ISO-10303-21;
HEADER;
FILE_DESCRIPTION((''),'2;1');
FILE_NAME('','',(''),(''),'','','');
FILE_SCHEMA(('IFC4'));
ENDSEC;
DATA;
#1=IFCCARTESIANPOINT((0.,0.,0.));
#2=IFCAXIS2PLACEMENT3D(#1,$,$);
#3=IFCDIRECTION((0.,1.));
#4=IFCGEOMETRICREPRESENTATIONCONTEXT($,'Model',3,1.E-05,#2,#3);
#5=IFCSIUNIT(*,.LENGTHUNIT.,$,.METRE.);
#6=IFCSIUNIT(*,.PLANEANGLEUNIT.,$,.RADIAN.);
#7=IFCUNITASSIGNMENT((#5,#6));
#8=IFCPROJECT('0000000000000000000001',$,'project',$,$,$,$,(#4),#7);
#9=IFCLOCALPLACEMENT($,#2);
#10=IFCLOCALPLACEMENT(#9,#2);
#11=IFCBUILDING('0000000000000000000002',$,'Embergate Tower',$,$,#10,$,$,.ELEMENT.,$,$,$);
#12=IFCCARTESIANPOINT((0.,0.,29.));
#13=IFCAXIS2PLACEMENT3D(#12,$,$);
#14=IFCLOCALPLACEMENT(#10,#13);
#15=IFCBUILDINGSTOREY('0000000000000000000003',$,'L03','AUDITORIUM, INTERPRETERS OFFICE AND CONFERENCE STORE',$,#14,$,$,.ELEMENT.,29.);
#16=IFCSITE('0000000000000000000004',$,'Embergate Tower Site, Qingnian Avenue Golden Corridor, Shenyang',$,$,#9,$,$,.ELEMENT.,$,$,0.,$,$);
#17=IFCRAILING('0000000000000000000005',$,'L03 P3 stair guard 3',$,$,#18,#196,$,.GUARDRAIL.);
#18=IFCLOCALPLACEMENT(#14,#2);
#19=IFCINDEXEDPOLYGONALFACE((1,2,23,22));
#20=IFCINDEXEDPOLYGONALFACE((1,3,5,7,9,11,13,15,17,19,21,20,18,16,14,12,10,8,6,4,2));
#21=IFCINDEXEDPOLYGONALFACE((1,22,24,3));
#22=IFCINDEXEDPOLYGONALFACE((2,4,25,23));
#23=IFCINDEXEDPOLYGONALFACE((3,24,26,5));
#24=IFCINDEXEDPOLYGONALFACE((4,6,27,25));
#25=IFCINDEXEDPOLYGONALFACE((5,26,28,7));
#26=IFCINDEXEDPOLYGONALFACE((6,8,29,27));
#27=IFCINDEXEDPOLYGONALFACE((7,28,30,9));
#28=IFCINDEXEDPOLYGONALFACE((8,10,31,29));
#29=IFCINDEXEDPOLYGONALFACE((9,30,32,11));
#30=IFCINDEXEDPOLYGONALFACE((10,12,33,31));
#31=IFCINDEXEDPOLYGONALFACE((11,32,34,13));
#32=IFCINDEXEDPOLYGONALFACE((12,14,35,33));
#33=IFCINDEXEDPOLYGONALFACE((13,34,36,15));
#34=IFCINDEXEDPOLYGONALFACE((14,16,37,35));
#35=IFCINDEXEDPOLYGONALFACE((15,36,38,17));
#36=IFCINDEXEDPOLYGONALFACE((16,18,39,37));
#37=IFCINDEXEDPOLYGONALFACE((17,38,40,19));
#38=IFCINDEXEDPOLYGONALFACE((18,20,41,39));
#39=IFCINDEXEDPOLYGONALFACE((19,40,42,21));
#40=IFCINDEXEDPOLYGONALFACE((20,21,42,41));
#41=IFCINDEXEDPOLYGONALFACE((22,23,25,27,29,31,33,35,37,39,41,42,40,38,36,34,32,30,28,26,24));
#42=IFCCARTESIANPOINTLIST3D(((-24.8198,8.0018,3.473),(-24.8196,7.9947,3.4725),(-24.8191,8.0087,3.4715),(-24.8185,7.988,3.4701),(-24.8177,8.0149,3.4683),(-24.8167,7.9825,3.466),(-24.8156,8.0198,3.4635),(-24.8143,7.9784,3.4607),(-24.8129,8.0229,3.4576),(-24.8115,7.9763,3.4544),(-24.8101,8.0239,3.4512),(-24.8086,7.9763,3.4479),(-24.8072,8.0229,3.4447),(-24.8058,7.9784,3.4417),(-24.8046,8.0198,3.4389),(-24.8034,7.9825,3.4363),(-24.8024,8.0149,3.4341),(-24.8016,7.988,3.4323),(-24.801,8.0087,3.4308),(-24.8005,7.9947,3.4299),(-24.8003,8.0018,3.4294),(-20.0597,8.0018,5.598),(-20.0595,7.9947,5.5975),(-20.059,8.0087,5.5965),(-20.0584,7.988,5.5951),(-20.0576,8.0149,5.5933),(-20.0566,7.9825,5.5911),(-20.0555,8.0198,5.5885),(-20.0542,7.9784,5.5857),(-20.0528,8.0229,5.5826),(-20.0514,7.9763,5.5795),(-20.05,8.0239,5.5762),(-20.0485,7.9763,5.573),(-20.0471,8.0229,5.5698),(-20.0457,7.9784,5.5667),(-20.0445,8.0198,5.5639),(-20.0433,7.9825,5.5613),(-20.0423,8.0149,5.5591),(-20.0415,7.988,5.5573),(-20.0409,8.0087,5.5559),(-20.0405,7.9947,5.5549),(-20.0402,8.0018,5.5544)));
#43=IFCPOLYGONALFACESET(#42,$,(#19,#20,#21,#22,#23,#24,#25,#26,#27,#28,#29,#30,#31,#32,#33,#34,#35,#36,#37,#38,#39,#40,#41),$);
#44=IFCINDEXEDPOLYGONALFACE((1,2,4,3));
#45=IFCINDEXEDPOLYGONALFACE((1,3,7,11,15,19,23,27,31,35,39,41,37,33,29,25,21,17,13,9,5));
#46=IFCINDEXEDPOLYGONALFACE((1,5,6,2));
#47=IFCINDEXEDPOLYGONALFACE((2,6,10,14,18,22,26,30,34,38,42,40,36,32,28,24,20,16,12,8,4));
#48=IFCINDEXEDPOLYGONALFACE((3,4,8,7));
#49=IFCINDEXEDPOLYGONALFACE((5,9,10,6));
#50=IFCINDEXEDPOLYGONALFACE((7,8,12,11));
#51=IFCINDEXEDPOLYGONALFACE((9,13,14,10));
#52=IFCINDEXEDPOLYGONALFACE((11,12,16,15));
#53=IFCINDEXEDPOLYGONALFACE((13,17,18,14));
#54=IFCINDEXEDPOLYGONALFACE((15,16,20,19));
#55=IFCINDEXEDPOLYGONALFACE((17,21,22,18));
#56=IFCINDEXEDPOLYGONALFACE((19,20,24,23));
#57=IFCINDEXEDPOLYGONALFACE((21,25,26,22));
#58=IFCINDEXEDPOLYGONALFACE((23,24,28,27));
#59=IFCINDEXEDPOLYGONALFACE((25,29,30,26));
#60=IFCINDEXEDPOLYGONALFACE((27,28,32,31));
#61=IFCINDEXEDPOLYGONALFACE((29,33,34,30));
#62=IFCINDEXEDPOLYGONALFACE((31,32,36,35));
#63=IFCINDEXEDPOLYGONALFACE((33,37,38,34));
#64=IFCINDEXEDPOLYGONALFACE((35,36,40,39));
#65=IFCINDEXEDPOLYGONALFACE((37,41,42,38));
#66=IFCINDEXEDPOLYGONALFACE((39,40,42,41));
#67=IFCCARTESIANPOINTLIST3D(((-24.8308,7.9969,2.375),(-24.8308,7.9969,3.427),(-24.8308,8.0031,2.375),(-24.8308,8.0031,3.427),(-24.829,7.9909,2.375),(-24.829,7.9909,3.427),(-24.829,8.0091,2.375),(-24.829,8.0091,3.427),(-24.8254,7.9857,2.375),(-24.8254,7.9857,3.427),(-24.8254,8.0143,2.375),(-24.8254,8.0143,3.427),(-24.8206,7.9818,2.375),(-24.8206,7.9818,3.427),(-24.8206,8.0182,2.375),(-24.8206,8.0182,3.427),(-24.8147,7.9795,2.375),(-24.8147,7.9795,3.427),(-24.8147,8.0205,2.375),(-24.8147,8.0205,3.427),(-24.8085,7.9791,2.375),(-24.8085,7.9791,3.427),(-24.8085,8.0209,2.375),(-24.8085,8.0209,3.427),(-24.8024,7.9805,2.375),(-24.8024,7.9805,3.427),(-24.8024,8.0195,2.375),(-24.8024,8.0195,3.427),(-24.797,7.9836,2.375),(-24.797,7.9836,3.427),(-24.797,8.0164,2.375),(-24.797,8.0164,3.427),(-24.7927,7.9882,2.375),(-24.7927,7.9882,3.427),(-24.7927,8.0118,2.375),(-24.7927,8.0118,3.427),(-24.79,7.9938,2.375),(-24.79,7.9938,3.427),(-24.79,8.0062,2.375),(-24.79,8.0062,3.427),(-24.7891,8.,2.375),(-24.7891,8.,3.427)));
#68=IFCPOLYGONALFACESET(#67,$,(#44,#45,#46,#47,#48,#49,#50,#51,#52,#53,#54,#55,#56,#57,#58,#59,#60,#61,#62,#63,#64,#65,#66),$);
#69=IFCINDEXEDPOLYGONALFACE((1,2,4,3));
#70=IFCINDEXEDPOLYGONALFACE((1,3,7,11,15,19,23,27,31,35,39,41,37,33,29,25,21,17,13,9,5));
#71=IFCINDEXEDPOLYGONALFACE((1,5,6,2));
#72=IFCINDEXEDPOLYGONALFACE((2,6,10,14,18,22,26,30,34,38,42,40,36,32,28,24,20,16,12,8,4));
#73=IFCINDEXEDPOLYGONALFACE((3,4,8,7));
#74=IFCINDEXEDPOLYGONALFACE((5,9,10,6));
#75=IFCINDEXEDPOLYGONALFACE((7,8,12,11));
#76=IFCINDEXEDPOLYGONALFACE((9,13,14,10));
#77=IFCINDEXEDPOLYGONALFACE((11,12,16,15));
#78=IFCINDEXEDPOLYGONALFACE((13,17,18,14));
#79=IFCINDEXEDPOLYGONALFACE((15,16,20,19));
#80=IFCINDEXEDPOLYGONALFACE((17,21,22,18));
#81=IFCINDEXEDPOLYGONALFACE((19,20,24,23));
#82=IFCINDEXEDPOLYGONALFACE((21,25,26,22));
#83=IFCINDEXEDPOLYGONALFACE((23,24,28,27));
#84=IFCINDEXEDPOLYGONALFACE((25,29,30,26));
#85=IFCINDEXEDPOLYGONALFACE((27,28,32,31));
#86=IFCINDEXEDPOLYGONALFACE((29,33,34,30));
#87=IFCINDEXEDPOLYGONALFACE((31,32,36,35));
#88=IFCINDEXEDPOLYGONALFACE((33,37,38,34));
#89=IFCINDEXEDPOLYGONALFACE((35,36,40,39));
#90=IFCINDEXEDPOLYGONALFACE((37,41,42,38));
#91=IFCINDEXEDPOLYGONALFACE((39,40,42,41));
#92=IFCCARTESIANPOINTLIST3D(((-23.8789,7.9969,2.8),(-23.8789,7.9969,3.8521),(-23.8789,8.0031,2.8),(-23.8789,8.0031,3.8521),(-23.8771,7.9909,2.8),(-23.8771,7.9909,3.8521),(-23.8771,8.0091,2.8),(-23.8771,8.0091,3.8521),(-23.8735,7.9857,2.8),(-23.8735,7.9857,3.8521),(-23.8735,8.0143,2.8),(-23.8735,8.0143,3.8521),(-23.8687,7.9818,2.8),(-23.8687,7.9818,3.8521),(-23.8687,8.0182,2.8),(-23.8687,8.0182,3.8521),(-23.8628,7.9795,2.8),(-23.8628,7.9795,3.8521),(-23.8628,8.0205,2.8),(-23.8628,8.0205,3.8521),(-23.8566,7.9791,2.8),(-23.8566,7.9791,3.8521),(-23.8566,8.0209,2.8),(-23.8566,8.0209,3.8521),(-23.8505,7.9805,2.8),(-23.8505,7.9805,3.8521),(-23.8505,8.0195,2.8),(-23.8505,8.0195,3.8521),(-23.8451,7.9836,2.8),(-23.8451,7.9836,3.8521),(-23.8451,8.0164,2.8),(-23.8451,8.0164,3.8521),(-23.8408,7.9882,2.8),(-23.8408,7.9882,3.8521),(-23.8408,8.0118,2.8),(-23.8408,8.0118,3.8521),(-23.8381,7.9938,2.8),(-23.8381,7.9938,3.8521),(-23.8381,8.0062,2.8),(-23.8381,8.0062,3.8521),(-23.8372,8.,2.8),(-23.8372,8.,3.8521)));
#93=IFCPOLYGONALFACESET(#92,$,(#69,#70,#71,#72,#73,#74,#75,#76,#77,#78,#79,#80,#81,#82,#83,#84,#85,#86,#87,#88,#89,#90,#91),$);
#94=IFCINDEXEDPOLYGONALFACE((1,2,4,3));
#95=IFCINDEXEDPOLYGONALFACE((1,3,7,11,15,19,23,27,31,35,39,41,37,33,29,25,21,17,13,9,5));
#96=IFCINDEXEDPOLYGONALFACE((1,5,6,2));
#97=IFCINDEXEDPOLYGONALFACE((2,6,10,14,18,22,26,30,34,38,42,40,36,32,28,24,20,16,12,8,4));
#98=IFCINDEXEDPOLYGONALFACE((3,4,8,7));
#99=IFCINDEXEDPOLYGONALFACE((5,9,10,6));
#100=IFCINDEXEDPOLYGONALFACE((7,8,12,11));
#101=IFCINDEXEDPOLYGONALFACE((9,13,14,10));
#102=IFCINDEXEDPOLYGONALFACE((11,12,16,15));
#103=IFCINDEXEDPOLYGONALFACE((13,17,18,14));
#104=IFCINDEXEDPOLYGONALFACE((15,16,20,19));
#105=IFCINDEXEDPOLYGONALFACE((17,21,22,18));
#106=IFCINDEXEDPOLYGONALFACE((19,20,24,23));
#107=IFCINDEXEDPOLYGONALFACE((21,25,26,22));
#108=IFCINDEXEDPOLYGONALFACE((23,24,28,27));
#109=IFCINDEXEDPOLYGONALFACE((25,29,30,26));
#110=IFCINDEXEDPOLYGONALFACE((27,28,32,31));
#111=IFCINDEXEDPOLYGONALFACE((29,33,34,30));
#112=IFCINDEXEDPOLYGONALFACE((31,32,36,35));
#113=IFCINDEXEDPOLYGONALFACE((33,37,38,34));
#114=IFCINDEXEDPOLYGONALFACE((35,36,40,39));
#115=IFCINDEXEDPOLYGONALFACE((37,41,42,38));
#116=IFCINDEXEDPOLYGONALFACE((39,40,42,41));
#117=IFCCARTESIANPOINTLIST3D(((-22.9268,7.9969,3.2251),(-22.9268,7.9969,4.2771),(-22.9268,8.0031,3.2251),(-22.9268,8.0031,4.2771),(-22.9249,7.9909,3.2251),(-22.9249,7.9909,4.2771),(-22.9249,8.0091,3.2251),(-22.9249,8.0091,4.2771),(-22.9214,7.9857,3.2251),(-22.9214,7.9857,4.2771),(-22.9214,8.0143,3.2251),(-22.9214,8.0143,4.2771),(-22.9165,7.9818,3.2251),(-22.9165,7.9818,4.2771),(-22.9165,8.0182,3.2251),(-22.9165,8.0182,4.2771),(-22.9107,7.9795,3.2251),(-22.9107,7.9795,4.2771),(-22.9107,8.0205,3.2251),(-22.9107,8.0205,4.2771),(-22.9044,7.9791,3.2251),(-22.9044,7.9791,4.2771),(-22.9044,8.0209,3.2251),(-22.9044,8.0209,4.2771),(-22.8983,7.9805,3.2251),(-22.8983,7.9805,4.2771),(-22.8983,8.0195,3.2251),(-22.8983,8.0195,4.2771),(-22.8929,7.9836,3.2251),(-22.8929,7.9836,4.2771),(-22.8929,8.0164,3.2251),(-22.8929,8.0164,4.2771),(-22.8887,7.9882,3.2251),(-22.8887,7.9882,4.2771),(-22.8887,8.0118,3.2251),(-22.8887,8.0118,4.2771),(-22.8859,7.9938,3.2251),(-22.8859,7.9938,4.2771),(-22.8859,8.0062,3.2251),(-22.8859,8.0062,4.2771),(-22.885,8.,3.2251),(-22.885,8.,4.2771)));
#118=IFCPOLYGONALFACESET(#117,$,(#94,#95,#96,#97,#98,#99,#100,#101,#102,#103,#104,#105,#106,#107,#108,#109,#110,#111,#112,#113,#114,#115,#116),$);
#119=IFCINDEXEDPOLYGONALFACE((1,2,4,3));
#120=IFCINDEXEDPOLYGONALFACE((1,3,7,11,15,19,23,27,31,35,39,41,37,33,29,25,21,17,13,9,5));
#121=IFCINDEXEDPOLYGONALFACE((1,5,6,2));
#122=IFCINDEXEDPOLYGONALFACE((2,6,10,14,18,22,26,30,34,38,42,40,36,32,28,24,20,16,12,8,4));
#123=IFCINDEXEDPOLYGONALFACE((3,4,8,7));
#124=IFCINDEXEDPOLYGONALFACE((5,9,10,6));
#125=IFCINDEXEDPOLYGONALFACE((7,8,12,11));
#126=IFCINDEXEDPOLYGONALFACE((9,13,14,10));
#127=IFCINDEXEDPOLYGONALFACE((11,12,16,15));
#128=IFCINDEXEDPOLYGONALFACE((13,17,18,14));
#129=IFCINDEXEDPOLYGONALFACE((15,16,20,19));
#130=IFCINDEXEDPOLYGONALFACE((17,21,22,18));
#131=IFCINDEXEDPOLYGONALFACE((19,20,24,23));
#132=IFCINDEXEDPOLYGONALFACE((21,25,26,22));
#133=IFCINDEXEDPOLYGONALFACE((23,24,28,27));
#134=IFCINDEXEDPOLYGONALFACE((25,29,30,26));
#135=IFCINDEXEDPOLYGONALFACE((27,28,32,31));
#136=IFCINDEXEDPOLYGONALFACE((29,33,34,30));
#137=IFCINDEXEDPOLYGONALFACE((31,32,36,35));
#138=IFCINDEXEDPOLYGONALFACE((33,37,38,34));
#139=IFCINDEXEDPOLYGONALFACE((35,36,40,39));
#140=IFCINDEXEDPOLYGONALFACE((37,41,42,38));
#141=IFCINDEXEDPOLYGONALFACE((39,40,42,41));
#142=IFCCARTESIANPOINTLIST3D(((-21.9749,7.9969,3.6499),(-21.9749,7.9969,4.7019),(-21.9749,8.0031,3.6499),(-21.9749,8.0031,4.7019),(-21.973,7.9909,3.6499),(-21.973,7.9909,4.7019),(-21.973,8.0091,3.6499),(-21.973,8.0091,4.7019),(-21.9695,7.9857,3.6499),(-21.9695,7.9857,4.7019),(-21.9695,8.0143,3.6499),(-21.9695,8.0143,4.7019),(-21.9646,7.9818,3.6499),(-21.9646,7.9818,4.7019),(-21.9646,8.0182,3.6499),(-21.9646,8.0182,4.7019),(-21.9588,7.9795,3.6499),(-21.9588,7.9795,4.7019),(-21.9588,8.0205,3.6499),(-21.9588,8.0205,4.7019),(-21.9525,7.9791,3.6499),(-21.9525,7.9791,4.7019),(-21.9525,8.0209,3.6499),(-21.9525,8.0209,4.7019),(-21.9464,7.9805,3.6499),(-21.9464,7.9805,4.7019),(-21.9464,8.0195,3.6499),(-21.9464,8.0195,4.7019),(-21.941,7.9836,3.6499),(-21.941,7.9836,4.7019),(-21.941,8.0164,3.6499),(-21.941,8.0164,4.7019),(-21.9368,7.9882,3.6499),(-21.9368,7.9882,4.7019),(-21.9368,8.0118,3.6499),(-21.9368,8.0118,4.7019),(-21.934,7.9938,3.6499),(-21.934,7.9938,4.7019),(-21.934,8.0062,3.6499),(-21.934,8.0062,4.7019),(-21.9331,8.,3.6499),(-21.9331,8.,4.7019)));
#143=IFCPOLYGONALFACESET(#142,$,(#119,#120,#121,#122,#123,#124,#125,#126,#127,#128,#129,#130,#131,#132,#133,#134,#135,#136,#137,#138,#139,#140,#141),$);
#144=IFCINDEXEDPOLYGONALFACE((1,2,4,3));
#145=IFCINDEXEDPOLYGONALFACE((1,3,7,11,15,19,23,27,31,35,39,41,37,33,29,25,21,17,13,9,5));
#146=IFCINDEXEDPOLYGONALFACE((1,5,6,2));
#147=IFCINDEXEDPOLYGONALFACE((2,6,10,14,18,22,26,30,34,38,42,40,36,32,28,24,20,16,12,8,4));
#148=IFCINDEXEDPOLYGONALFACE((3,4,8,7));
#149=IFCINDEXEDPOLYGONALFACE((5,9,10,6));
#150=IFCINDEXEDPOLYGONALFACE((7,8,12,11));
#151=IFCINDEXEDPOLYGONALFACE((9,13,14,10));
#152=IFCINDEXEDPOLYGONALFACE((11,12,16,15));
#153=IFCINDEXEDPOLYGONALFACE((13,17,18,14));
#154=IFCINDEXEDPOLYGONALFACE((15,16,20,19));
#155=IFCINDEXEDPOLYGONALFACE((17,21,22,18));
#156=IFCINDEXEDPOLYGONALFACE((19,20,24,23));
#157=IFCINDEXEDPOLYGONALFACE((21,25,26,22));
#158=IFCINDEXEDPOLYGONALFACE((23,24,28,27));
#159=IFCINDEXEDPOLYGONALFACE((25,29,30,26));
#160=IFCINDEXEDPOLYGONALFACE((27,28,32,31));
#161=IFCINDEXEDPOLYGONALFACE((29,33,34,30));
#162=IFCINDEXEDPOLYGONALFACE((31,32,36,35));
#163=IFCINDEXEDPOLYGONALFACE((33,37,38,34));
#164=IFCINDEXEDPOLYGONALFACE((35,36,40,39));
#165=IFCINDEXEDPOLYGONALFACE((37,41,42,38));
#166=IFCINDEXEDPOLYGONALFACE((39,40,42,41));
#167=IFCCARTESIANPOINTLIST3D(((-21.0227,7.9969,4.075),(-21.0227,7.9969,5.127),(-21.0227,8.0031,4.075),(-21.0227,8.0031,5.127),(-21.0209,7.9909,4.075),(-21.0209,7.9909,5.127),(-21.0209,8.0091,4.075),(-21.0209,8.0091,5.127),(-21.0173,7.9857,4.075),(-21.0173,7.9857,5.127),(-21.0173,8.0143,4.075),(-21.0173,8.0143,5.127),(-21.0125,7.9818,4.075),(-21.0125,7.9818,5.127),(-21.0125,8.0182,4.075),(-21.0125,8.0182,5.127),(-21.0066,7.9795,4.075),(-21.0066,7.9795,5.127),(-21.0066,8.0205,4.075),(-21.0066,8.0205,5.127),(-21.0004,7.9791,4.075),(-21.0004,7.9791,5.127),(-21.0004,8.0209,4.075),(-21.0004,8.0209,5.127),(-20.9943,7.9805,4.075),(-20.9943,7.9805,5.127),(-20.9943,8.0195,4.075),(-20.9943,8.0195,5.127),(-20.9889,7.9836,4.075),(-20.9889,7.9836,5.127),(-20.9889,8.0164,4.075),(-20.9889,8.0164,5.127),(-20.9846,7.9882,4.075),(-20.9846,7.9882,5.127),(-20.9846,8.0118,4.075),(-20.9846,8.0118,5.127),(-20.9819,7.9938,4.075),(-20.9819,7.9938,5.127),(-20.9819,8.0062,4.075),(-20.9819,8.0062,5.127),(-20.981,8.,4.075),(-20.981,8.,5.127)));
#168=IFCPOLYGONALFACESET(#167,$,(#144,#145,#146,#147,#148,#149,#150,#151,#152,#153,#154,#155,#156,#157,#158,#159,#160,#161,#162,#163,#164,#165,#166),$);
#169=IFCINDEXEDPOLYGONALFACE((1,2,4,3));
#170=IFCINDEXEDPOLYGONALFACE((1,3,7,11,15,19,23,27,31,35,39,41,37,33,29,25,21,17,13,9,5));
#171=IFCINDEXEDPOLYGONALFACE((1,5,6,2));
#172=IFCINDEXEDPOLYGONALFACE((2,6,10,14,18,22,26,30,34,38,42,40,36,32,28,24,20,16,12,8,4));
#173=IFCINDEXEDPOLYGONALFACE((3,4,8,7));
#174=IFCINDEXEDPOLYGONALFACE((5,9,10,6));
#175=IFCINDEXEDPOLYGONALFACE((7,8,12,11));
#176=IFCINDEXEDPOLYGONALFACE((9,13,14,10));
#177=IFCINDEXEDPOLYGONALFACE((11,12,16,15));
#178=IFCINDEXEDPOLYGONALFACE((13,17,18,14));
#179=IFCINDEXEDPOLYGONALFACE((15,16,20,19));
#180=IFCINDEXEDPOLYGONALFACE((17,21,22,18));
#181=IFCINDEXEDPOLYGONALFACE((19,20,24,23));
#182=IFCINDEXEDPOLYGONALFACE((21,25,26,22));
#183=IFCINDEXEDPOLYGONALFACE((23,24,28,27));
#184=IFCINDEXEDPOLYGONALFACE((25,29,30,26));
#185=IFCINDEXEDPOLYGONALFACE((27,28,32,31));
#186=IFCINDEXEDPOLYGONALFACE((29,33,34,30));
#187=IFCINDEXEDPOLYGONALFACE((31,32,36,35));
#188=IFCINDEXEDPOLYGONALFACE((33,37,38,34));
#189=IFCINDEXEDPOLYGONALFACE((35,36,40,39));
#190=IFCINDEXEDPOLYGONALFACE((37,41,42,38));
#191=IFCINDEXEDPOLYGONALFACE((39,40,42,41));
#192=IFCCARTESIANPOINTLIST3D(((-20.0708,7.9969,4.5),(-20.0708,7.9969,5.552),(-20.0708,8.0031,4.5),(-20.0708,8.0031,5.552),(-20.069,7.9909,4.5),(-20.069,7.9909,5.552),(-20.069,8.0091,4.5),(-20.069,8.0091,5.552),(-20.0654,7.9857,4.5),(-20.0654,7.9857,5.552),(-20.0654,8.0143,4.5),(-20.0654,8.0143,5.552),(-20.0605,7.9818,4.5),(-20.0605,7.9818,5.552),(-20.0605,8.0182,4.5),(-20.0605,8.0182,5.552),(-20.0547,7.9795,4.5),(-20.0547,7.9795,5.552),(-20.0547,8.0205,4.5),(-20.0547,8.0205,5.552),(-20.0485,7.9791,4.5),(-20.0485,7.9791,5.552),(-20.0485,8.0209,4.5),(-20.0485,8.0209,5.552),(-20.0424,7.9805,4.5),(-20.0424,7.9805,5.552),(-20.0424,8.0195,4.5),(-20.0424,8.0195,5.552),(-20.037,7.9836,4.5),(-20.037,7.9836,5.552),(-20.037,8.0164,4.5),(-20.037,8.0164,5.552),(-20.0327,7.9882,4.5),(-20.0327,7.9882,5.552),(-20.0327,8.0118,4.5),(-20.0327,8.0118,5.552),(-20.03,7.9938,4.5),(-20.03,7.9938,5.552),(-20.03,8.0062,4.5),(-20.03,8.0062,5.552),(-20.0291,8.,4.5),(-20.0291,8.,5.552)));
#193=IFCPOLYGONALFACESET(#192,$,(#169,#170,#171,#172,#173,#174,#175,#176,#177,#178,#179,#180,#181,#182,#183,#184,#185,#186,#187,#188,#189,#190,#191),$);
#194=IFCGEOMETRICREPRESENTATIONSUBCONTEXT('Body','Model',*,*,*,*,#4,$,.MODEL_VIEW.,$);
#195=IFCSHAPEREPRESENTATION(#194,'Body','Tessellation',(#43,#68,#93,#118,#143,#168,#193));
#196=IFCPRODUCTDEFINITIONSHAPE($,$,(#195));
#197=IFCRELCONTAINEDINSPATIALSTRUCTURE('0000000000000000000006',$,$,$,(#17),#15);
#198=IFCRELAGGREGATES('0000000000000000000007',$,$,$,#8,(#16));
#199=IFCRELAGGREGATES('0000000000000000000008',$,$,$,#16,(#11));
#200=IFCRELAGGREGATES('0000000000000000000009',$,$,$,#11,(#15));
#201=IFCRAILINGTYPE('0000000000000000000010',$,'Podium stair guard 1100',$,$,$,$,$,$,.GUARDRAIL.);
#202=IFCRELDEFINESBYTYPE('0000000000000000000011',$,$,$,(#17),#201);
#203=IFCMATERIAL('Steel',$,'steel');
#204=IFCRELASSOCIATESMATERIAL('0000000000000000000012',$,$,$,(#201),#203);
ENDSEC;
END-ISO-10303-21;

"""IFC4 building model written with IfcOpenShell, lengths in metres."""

from ifc_helpers import new_model, si_unit, direction, frame, origin, origin_2d, place, context, subcontext, project, spatial, circle, extrude, source, transform, mapped, material, type_object, element, save


model = new_model("IFC4")

# Units and contexts
model_context = context("Model", 3, precision=1e-05, world=origin(), true_north=direction((0.0, 1.0)))
body_context = subcontext(model_context, "Body", "Model", "MODEL_VIEW")
ifc_project = project(units=[si_unit("LENGTHUNIT", "METRE"), si_unit("PLANEANGLEUNIT", "RADIAN")], contexts=[model_context])

# Site, building, storey
site_placement = place(None, origin())
site = spatial("IfcSite", under=ifc_project, at=site_placement, Name="Embergate Tower Site, Qingnian Avenue Golden Corridor, Shenyang", CompositionType="ELEMENT", RefElevation=0.0)
building_placement = place(site_placement, origin())
building = spatial("IfcBuilding", under=site, at=building_placement, Name="Embergate Tower", CompositionType="ELEMENT")
storey_placement = place(building_placement, frame((0.0, 0.0, 29.0)))
storey = spatial("IfcBuildingStorey", under=building, at=storey_placement, Name="L03", Description="AUDITORIUM, INTERPRETERS OFFICE AND CONFERENCE STORE", CompositionType="ELEMENT", Elevation=29.0)

# Railing
ifc_material_1 = material(Name="Steel", Category="steel")
railing_type_1 = type_object("IfcRailingType", Name="Podium stair guard 1100", PredefinedType="GUARDRAIL", material=ifc_material_1)
shared_shape_1 = source(origin(), body_context, "Body", "SweptSolid", [
    extrude(circle(Radius=0.0239, at=origin_2d()), frame((0.0, 0.0, 1.0762), z_axis=(0.913138, 0.0, 0.40765), x_axis=(0.0, 1.0, 0.0)), (0.0, 0.0, 1.0), 5.2129),
    extrude(circle(Radius=0.021, at=origin_2d()), origin(), (0.0, 0.0, 1.0), 1.052),
    extrude(circle(Radius=0.021, at=origin_2d()), frame((0.9519, 0.0, 0.425)), (0.0, 0.0, 1.0), 1.052),
    extrude(circle(Radius=0.021, at=origin_2d()), frame((1.9041, 0.0, 0.8501)), (0.0, 0.0, 1.0), 1.052),
    extrude(circle(Radius=0.021, at=origin_2d()), frame((2.856, 0.0, 1.2749)), (0.0, 0.0, 1.0), 1.052),
    extrude(circle(Radius=0.021, at=origin_2d()), frame((3.8081, 0.0, 1.7)), (0.0, 0.0, 1.0), 1.052),
    extrude(circle(Radius=0.021, at=origin_2d()), frame((4.76, 0.0, 2.125)), (0.0, 0.0, 1.0), 1.052),
])
railing_1_placement = place(storey_placement, frame((-24.8101, 8.0, 2.375)))
element("IfcRailing", 1, at=railing_1_placement, inside=storey, type_object=railing_type_1, Name="L03 P3 stair guard 3", PredefinedType="GUARDRAIL", context=body_context, shape_type="MappedRepresentation", body=[
    mapped(shared_shape_1, transform((0.0, 0.0, 0.0))),
])

save(model, "model.ifc")
